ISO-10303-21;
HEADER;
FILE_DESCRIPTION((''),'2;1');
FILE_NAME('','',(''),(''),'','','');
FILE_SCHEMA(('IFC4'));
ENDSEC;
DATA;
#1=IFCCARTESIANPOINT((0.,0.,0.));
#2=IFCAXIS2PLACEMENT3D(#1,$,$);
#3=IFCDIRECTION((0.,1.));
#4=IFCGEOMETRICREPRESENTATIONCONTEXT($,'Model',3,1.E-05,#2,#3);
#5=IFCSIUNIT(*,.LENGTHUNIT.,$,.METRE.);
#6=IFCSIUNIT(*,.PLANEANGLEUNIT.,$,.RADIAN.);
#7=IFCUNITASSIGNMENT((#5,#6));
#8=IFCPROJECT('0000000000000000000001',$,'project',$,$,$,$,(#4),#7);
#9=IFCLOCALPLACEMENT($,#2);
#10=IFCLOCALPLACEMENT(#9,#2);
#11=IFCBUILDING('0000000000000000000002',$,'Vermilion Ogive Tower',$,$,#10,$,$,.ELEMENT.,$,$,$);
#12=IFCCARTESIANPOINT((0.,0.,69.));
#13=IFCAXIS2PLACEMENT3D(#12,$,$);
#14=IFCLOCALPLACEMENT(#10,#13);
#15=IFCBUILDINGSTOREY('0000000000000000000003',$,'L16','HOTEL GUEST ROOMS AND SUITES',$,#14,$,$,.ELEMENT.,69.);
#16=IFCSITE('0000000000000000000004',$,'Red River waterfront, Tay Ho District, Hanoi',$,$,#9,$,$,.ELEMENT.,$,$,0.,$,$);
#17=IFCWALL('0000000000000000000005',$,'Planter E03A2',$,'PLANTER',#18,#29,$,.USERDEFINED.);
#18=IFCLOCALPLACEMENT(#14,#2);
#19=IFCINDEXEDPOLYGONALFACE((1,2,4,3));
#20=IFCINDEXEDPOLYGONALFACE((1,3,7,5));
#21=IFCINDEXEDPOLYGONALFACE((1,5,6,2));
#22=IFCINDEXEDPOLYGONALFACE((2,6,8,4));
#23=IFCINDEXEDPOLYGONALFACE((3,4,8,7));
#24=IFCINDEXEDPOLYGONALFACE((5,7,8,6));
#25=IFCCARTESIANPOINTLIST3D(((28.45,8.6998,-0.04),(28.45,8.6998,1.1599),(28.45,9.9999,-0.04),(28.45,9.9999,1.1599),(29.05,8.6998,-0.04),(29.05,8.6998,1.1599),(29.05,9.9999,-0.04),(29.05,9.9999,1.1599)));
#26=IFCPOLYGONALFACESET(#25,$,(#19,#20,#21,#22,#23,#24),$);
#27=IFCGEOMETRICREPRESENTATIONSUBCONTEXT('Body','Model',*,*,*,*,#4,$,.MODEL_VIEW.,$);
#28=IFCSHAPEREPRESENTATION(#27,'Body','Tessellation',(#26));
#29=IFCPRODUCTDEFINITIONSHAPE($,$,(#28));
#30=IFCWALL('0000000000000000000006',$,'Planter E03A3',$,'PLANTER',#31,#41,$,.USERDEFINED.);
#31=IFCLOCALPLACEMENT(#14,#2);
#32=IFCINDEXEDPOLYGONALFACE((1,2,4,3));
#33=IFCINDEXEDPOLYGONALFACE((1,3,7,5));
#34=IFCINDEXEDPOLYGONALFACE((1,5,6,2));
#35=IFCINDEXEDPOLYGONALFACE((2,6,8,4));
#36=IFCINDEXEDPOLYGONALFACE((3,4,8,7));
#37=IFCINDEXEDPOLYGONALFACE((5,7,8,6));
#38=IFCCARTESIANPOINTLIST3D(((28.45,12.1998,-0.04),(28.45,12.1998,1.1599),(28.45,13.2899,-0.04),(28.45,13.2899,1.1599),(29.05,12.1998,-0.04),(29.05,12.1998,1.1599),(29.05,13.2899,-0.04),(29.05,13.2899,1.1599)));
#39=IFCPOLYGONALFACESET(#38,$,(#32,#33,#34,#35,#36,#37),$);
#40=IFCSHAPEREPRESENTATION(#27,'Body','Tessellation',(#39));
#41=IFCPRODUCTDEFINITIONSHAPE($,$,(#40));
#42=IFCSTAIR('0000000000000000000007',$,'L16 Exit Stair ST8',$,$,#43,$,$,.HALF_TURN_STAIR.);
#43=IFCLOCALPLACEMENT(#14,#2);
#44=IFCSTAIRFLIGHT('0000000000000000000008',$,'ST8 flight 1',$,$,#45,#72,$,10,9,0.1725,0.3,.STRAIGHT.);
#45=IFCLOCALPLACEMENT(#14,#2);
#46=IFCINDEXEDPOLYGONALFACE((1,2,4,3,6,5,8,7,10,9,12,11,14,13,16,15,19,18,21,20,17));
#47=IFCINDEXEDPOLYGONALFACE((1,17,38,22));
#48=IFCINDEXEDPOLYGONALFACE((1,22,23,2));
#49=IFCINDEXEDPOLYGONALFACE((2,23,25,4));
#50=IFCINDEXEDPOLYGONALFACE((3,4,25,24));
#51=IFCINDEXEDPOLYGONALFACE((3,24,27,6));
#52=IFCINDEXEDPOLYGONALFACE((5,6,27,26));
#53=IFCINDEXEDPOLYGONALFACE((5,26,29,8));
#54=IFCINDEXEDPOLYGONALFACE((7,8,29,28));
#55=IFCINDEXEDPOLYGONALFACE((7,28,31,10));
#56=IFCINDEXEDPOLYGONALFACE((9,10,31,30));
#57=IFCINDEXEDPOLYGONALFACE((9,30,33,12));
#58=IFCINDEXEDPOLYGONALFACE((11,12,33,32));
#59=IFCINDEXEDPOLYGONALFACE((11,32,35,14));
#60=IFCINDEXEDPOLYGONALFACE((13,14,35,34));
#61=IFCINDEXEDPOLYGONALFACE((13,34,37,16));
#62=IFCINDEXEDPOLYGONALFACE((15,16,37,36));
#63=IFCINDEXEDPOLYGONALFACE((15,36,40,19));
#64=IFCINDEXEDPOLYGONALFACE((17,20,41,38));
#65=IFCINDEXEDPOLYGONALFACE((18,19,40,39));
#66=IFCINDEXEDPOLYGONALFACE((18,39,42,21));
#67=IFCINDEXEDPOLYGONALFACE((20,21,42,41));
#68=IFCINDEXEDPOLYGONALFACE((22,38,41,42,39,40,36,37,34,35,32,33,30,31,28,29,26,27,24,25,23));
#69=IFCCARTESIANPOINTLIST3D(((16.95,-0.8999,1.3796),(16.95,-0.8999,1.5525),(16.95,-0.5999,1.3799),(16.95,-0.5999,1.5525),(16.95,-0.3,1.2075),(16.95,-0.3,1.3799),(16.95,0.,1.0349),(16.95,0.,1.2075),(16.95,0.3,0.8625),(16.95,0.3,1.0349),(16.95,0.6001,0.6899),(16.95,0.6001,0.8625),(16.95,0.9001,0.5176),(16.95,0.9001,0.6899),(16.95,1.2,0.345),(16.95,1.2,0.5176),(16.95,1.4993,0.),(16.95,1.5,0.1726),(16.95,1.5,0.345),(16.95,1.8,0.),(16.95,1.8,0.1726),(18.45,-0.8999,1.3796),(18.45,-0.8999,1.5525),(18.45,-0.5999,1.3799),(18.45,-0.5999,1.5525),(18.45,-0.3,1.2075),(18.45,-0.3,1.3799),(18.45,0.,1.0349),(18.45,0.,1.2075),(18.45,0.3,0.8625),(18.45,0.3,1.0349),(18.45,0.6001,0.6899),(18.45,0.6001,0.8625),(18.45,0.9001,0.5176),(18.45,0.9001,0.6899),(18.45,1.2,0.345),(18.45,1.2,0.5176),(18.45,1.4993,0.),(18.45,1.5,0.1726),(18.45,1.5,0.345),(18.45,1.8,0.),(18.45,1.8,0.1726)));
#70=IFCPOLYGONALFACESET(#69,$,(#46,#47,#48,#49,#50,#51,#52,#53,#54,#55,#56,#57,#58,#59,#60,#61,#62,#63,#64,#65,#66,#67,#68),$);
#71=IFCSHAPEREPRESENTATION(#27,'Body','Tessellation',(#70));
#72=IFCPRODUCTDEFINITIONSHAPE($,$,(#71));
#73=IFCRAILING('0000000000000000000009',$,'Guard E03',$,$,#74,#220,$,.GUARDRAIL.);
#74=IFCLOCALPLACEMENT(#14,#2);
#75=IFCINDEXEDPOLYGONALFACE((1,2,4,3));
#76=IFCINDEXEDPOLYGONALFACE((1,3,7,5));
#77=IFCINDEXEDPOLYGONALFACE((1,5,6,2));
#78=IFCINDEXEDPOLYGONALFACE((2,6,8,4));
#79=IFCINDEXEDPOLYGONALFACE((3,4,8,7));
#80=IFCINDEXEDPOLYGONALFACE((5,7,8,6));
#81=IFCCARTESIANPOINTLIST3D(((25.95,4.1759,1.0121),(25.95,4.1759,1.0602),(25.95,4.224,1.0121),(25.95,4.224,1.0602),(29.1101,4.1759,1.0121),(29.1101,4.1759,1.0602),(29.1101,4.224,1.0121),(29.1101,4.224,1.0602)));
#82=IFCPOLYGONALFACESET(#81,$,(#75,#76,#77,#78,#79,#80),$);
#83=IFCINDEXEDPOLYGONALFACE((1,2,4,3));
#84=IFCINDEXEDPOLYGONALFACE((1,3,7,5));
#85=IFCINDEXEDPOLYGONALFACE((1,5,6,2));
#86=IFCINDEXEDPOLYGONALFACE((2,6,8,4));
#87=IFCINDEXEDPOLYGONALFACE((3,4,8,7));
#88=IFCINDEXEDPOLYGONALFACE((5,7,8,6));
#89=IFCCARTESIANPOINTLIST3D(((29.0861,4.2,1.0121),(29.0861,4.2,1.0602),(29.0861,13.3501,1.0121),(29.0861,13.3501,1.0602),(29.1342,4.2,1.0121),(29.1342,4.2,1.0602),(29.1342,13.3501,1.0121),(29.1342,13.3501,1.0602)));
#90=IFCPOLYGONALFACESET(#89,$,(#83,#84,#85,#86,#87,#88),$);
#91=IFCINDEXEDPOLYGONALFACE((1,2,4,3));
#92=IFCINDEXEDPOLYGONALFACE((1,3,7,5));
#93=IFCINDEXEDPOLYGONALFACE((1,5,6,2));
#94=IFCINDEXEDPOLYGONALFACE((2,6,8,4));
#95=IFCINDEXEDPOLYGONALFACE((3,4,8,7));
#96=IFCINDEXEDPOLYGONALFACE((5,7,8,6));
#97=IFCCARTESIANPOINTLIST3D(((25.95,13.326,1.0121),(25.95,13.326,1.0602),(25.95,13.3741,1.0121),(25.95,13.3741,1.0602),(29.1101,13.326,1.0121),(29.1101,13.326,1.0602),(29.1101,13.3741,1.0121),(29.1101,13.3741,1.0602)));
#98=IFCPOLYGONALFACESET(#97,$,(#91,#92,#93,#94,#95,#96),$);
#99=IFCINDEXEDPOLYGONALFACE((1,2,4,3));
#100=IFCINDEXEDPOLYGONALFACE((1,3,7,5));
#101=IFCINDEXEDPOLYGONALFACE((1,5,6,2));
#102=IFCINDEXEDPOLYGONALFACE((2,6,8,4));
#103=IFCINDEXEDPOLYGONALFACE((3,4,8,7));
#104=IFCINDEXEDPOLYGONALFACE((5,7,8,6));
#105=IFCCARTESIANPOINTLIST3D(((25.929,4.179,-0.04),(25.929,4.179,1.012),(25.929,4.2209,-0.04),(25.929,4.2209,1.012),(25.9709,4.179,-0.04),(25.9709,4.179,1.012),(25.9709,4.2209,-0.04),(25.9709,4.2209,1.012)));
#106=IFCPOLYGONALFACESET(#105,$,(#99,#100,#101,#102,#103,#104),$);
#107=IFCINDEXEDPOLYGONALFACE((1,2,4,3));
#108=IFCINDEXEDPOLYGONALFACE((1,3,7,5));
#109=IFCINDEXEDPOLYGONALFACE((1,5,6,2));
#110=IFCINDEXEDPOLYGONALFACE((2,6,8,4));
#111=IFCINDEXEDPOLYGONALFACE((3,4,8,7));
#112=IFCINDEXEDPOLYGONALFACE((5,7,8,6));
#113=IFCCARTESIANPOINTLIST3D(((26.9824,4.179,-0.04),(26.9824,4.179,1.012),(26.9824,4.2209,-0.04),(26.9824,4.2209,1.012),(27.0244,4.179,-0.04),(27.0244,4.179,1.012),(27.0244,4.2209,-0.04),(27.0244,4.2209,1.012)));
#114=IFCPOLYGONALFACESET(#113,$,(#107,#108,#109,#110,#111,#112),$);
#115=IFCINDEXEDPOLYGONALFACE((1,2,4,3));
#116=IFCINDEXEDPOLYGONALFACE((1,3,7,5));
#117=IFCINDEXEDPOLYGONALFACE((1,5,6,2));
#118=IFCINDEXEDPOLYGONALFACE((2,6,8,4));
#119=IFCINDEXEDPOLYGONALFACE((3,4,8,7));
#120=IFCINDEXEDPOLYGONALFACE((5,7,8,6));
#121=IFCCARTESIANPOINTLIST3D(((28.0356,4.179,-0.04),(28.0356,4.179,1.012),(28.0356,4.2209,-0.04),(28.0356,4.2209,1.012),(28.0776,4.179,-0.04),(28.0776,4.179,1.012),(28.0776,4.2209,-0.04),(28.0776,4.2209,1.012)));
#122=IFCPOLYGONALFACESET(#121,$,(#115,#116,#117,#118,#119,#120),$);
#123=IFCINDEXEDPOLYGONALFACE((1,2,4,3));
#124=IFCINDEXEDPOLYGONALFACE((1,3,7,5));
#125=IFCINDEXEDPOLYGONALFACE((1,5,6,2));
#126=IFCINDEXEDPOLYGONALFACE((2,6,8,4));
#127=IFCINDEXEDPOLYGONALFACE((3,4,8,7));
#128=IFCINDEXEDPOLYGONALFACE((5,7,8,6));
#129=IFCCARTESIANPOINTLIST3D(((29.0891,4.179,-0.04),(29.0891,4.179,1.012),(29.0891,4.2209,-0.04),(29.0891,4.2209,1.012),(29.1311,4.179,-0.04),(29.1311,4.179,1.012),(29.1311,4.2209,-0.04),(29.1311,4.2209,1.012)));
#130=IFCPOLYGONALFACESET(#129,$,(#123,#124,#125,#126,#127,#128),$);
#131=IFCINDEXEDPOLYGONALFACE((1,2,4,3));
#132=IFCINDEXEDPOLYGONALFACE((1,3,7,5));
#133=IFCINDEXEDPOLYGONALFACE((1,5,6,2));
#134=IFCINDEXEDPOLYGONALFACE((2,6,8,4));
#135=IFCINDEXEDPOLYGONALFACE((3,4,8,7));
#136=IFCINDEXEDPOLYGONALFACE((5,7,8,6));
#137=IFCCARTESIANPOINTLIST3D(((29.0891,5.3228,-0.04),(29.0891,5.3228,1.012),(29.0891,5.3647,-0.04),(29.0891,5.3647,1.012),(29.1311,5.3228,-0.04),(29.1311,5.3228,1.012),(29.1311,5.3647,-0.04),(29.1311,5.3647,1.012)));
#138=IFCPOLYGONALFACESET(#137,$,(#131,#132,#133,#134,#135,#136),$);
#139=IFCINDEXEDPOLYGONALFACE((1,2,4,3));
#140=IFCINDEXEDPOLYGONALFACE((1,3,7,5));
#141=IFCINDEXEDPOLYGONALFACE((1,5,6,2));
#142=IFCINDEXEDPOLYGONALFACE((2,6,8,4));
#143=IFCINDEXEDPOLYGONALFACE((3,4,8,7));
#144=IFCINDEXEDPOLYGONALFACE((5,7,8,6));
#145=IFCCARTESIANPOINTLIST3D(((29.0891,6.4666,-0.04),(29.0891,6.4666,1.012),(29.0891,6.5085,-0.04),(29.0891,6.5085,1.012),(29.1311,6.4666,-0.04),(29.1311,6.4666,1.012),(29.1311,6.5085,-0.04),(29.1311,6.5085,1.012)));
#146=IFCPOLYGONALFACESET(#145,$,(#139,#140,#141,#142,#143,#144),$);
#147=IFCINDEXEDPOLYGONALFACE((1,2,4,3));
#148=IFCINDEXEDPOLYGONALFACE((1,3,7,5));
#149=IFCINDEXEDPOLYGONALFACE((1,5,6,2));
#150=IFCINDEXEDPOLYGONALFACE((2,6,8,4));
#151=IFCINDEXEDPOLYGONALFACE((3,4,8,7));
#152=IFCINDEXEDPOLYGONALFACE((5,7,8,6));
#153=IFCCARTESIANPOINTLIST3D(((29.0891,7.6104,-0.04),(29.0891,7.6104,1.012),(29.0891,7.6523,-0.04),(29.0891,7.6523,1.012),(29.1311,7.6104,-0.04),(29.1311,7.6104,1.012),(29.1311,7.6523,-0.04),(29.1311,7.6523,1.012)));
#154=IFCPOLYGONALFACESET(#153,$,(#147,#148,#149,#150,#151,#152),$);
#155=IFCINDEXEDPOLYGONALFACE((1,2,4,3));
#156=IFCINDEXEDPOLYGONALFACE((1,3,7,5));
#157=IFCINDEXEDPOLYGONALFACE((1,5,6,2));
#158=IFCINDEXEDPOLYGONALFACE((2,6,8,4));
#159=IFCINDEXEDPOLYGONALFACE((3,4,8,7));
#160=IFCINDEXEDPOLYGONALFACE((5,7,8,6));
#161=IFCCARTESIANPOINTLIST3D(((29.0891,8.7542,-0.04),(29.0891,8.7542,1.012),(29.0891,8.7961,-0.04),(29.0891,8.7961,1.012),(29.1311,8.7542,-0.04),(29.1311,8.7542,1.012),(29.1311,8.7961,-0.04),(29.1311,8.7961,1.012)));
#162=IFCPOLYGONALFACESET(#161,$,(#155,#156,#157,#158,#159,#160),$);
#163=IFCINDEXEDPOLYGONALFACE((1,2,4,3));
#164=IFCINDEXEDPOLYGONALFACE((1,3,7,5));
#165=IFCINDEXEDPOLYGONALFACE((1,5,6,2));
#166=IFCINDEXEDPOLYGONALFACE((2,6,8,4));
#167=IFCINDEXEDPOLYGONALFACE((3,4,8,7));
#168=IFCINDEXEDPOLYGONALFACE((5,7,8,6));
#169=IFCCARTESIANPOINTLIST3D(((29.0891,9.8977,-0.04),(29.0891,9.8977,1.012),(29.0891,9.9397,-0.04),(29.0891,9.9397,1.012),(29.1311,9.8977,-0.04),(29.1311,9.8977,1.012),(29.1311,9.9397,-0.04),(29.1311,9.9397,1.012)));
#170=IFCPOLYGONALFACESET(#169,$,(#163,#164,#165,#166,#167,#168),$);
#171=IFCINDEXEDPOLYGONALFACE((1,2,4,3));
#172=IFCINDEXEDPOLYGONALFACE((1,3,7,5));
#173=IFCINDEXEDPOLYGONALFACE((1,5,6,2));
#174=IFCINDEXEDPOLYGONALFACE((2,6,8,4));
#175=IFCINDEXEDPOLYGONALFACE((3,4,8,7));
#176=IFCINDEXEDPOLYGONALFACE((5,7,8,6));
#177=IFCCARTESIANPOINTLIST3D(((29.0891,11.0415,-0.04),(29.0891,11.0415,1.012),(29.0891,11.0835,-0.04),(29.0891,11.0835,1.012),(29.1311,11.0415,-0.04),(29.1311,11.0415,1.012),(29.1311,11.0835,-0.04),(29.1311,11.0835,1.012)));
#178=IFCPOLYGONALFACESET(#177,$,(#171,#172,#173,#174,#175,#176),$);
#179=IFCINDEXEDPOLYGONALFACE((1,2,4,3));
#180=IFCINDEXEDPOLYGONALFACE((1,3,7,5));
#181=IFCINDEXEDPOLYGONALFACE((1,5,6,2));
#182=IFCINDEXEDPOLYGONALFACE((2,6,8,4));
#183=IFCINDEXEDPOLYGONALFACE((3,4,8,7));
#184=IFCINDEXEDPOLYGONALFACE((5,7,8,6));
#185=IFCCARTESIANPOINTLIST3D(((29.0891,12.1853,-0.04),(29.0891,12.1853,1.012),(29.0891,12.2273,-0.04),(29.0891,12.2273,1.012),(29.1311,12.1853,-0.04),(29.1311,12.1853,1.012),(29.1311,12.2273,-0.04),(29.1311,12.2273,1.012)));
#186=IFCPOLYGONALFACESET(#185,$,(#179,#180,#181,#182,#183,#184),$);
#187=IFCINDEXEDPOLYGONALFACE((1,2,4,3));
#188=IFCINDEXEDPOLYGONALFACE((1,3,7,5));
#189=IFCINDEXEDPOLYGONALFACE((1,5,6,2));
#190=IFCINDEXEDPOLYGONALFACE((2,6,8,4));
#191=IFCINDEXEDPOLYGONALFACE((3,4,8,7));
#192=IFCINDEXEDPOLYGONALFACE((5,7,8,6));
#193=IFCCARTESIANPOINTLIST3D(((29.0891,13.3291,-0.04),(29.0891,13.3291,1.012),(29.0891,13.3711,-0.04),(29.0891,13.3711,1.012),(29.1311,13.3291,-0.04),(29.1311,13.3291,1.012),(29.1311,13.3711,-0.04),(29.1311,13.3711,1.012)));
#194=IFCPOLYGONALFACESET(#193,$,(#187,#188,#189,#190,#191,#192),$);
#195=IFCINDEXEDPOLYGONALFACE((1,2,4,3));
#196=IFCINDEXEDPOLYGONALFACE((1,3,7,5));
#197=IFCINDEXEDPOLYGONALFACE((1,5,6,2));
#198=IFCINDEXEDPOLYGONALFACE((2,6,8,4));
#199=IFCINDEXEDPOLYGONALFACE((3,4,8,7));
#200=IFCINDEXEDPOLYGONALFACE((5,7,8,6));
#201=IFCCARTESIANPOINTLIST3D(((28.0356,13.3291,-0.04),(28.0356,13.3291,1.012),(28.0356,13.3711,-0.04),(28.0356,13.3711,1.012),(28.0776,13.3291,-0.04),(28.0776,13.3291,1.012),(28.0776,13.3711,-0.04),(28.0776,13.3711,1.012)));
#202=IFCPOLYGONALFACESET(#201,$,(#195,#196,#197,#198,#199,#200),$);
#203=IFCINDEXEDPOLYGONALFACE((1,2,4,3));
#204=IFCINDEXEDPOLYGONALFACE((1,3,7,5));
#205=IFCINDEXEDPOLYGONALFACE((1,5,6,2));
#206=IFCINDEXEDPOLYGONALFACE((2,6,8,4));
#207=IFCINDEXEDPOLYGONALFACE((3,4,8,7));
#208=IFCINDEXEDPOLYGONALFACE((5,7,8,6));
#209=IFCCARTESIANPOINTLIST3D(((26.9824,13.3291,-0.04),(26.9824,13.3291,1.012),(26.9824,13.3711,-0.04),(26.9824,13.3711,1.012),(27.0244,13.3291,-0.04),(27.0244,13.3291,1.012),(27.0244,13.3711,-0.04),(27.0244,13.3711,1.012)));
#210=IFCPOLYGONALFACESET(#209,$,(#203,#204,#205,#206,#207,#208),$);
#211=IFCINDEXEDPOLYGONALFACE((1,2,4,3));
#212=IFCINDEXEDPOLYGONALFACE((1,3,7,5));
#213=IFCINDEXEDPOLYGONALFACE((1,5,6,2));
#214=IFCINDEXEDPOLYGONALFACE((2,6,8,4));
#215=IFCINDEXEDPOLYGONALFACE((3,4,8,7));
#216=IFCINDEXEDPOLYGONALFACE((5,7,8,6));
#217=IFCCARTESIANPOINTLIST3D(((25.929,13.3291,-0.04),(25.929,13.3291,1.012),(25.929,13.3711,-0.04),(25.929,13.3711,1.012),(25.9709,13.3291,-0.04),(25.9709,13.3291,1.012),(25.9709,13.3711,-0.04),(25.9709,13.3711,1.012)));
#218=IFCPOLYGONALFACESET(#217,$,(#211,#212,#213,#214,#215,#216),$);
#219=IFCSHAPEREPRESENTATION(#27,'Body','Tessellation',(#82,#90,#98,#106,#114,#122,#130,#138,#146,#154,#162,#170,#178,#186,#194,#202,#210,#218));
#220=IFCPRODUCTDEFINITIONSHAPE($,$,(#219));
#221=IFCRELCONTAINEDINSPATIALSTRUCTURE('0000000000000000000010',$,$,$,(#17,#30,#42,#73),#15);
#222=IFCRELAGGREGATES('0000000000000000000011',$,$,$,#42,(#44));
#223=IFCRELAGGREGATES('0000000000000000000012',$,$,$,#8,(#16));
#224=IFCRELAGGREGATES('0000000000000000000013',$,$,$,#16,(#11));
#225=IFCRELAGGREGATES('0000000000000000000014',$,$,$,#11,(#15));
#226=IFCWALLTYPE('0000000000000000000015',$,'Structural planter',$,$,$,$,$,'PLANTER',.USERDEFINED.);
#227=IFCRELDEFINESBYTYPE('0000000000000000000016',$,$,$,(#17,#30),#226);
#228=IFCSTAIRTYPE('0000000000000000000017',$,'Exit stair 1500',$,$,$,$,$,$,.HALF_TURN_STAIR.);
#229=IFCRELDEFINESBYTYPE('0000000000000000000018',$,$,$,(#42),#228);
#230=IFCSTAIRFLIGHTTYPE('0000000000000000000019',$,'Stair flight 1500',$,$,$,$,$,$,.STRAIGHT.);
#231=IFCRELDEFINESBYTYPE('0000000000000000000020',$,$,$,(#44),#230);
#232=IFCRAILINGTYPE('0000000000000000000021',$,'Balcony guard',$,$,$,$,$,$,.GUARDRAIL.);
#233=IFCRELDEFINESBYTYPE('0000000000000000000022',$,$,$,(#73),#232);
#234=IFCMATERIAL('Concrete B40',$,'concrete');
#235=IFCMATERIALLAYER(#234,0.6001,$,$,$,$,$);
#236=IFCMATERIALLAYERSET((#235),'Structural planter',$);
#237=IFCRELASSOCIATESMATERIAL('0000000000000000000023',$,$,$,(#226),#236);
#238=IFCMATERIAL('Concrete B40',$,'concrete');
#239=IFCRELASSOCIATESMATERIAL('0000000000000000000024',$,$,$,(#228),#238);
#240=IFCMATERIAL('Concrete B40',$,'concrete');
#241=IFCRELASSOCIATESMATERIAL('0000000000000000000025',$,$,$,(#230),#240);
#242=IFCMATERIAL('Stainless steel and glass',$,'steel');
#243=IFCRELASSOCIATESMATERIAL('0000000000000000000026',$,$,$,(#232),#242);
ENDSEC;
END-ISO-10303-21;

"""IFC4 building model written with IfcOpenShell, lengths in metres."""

from ifc_helpers import new_model, si_unit, direction, frame, frame_2d, origin, origin_2d, place, context, subcontext, project, spatial, polyline, rectangle, outline, extrude, material, layer, layer_set, type_object, element, aggregate, save


model = new_model("IFC4")

# Units and contexts
model_context = context("Model", 3, precision=1e-05, world=origin(), true_north=direction((0.0, 1.0)))
body_context = subcontext(model_context, "Body", "Model", "MODEL_VIEW")
ifc_project = project(units=[si_unit("LENGTHUNIT", "METRE"), si_unit("PLANEANGLEUNIT", "RADIAN")], contexts=[model_context])

# Site, building, storey
site_placement = place(None, origin())
site = spatial("IfcSite", under=ifc_project, at=site_placement, Name="Red River waterfront, Tay Ho District, Hanoi", CompositionType="ELEMENT", RefElevation=0.0)
building_placement = place(site_placement, origin())
building = spatial("IfcBuilding", under=site, at=building_placement, Name="Vermilion Ogive Tower", CompositionType="ELEMENT")
storey_placement = place(building_placement, frame((0.0, 0.0, 69.0)))
storey = spatial("IfcBuildingStorey", under=building, at=storey_placement, Name="L16", Description="HOTEL GUEST ROOMS AND SUITES", CompositionType="ELEMENT", Elevation=69.0)

# Walls
ifc_material_1 = material(Name="Concrete B40", Category="concrete")
ifc_layer_1 = layer(ifc_material_1, 0.6001)
ifc_layer_set_1 = layer_set([ifc_layer_1], Name="Structural planter")
wall_type_1 = type_object("IfcWallType", Name="Structural planter", ElementType="PLANTER", PredefinedType="USERDEFINED", material=ifc_layer_set_1)
wall_1_placement = place(storey_placement, frame((28.75, 8.7, -0.04), z_axis=(0.0, 0.0, 1.0), x_axis=(0.0, 1.0, 0.0)))
element("IfcWall", 1, at=wall_1_placement, inside=storey, type_object=wall_type_1, Name="Planter E03A2", ObjectType="PLANTER", PredefinedType="USERDEFINED", context=body_context, shape_type="SweptSolid", body=[
    extrude(rectangle(XDim=1.3, YDim=0.6001, at=frame_2d((0.6499, 0.0))), origin(), (0.0, 0.0, 1.0), 1.2),
])
wall_2_placement = place(storey_placement, frame((28.75, 12.2, -0.04), z_axis=(0.0, 0.0, 1.0), x_axis=(0.0, 1.0, 0.0)))
element("IfcWall", 2, at=wall_2_placement, inside=storey, type_object=wall_type_1, Name="Planter E03A3", ObjectType="PLANTER", PredefinedType="USERDEFINED", context=body_context, shape_type="SweptSolid", body=[
    extrude(rectangle(XDim=1.0901, YDim=0.6001, at=frame_2d((0.5449, 0.0))), origin(), (0.0, 0.0, 1.0), 1.2),
])

# Stair, stair flight
ifc_material_2 = material(Name="Concrete B40", Category="concrete")
stair_type = type_object("IfcStairType", Name="Exit stair 1500", PredefinedType="HALF_TURN_STAIR", material=ifc_material_2)
stair_placement = place(storey_placement, origin())
stair = element("IfcStair", 3, at=stair_placement, inside=storey, type_object=stair_type, Name="L16 Exit Stair ST8", PredefinedType="HALF_TURN_STAIR")
ifc_material_3 = material(Name="Concrete B40", Category="concrete")
stair_flight_type = type_object("IfcStairFlightType", Name="Stair flight 1500", PredefinedType="STRAIGHT", material=ifc_material_3)
stair_flight_placement = place(storey_placement, frame((17.7, 1.8, 0.0), z_axis=(0.0, 0.0, 1.0), x_axis=(0.0, -1.0, 0.0)))
stair_flight = element("IfcStairFlight", 4, at=stair_flight_placement, type_object=stair_flight_type, Name="ST8 flight 1", NumberOfRisers=10, NumberOfTreads=9, PredefinedType="STRAIGHT", RiserHeight=0.1725, TreadLength=0.3, context=body_context, shape_type="SweptSolid", body=[
    extrude(outline(polyline([(0.0, 0.0), (0.0, 0.1726), (0.3, 0.1726), (0.3, 0.345), (0.6001, 0.345), (0.6001, 0.5176), (0.8999, 0.5176), (0.8999, 0.6899), (1.2, 0.6899), (1.2, 0.8625), (1.5, 0.8625), (1.5, 1.0349), (1.8, 1.0349), (1.8, 1.2075), (2.1001, 1.2075), (2.1001, 1.3799), (2.3999, 1.3799), (2.3999, 1.5525), (2.7, 1.5525), (2.7, 1.7251), (2.7, 1.3796), (0.3008, 0.0), (0.0, 0.0)])), frame((0.0, 0.75, 0.0), z_axis=(0.0, -1.0, 0.0), x_axis=(1.0, 0.0, 0.0)), (0.0, 0.0, 1.0), 1.5),
])
aggregate(stair, [stair_flight])

# Railing
ifc_material_4 = material(Name="Stainless steel and glass", Category="steel")
railing_type_1 = type_object("IfcRailingType", Name="Balcony guard", PredefinedType="GUARDRAIL", material=ifc_material_4)
railing_1_placement = place(storey_placement, frame((25.95, 4.2, -0.04)))
element("IfcRailing", 5, at=railing_1_placement, inside=storey, type_object=railing_type_1, Name="Guard E03", PredefinedType="GUARDRAIL", context=body_context, shape_type="SweptSolid", body=[
    extrude(rectangle(XDim=0.0481, YDim=0.0481, at=origin_2d()), frame((0.0, 0.0, 1.0762), z_axis=(1.0, 0.0, 0.0), x_axis=(0.0, 1.0, 0.0)), (0.0, 0.0, 1.0), 3.1602),
    extrude(rectangle(XDim=0.0481, YDim=0.0481, at=origin_2d()), frame((3.1602, 0.0, 1.0762), z_axis=(0.0, 1.0, 0.0), x_axis=(-1.0, 0.0, 0.0)), (0.0, 0.0, 1.0), 9.1501),
    extrude(rectangle(XDim=0.0481, YDim=0.0481, at=origin_2d()), frame((3.1602, 9.1501, 1.0762), z_axis=(-1.0, 0.0, 0.0), x_axis=(0.0, -1.0, 0.0)), (0.0, 0.0, 1.0), 3.1602),
    extrude(rectangle(XDim=0.042, YDim=0.042, at=origin_2d()), origin(), (0.0, 0.0, 1.0), 1.052),
    extrude(rectangle(XDim=0.042, YDim=0.042, at=origin_2d()), frame((1.0535, 0.0, 0.0)), (0.0, 0.0, 1.0), 1.052),
    extrude(rectangle(XDim=0.042, YDim=0.042, at=origin_2d()), frame((2.1067, 0.0, 0.0)), (0.0, 0.0, 1.0), 1.052),
    extrude(rectangle(XDim=0.042, YDim=0.042, at=origin_2d()), frame((3.1602, 0.0, 0.0)), (0.0, 0.0, 1.0), 1.052),
    extrude(rectangle(XDim=0.042, YDim=0.042, at=origin_2d()), frame((3.1602, 1.1438, 0.0)), (0.0, 0.0, 1.0), 1.052),
    extrude(rectangle(XDim=0.042, YDim=0.042, at=origin_2d()), frame((3.1602, 2.2876, 0.0)), (0.0, 0.0, 1.0), 1.052),
    extrude(rectangle(XDim=0.042, YDim=0.042, at=origin_2d()), frame((3.1602, 3.4314, 0.0)), (0.0, 0.0, 1.0), 1.052),
    extrude(rectangle(XDim=0.042, YDim=0.042, at=origin_2d()), frame((3.1602, 4.5752, 0.0)), (0.0, 0.0, 1.0), 1.052),
    extrude(rectangle(XDim=0.042, YDim=0.042, at=origin_2d()), frame((3.1602, 5.7188, 0.0)), (0.0, 0.0, 1.0), 1.052),
    extrude(rectangle(XDim=0.042, YDim=0.042, at=origin_2d()), frame((3.1602, 6.8625, 0.0)), (0.0, 0.0, 1.0), 1.052),
    extrude(rectangle(XDim=0.042, YDim=0.042, at=origin_2d()), frame((3.1602, 8.0063, 0.0)), (0.0, 0.0, 1.0), 1.052),
    extrude(rectangle(XDim=0.042, YDim=0.042, at=origin_2d()), frame((3.1602, 9.1501, 0.0)), (0.0, 0.0, 1.0), 1.052),
    extrude(rectangle(XDim=0.042, YDim=0.042, at=origin_2d()), frame((2.1067, 9.1501, 0.0)), (0.0, 0.0, 1.0), 1.052),
    extrude(rectangle(XDim=0.042, YDim=0.042, at=origin_2d()), frame((1.0535, 9.1501, 0.0)), (0.0, 0.0, 1.0), 1.052),
    extrude(rectangle(XDim=0.042, YDim=0.042, at=origin_2d()), frame((0.0, 9.1501, 0.0)), (0.0, 0.0, 1.0), 1.052),
])

save(model, "model.ifc")
